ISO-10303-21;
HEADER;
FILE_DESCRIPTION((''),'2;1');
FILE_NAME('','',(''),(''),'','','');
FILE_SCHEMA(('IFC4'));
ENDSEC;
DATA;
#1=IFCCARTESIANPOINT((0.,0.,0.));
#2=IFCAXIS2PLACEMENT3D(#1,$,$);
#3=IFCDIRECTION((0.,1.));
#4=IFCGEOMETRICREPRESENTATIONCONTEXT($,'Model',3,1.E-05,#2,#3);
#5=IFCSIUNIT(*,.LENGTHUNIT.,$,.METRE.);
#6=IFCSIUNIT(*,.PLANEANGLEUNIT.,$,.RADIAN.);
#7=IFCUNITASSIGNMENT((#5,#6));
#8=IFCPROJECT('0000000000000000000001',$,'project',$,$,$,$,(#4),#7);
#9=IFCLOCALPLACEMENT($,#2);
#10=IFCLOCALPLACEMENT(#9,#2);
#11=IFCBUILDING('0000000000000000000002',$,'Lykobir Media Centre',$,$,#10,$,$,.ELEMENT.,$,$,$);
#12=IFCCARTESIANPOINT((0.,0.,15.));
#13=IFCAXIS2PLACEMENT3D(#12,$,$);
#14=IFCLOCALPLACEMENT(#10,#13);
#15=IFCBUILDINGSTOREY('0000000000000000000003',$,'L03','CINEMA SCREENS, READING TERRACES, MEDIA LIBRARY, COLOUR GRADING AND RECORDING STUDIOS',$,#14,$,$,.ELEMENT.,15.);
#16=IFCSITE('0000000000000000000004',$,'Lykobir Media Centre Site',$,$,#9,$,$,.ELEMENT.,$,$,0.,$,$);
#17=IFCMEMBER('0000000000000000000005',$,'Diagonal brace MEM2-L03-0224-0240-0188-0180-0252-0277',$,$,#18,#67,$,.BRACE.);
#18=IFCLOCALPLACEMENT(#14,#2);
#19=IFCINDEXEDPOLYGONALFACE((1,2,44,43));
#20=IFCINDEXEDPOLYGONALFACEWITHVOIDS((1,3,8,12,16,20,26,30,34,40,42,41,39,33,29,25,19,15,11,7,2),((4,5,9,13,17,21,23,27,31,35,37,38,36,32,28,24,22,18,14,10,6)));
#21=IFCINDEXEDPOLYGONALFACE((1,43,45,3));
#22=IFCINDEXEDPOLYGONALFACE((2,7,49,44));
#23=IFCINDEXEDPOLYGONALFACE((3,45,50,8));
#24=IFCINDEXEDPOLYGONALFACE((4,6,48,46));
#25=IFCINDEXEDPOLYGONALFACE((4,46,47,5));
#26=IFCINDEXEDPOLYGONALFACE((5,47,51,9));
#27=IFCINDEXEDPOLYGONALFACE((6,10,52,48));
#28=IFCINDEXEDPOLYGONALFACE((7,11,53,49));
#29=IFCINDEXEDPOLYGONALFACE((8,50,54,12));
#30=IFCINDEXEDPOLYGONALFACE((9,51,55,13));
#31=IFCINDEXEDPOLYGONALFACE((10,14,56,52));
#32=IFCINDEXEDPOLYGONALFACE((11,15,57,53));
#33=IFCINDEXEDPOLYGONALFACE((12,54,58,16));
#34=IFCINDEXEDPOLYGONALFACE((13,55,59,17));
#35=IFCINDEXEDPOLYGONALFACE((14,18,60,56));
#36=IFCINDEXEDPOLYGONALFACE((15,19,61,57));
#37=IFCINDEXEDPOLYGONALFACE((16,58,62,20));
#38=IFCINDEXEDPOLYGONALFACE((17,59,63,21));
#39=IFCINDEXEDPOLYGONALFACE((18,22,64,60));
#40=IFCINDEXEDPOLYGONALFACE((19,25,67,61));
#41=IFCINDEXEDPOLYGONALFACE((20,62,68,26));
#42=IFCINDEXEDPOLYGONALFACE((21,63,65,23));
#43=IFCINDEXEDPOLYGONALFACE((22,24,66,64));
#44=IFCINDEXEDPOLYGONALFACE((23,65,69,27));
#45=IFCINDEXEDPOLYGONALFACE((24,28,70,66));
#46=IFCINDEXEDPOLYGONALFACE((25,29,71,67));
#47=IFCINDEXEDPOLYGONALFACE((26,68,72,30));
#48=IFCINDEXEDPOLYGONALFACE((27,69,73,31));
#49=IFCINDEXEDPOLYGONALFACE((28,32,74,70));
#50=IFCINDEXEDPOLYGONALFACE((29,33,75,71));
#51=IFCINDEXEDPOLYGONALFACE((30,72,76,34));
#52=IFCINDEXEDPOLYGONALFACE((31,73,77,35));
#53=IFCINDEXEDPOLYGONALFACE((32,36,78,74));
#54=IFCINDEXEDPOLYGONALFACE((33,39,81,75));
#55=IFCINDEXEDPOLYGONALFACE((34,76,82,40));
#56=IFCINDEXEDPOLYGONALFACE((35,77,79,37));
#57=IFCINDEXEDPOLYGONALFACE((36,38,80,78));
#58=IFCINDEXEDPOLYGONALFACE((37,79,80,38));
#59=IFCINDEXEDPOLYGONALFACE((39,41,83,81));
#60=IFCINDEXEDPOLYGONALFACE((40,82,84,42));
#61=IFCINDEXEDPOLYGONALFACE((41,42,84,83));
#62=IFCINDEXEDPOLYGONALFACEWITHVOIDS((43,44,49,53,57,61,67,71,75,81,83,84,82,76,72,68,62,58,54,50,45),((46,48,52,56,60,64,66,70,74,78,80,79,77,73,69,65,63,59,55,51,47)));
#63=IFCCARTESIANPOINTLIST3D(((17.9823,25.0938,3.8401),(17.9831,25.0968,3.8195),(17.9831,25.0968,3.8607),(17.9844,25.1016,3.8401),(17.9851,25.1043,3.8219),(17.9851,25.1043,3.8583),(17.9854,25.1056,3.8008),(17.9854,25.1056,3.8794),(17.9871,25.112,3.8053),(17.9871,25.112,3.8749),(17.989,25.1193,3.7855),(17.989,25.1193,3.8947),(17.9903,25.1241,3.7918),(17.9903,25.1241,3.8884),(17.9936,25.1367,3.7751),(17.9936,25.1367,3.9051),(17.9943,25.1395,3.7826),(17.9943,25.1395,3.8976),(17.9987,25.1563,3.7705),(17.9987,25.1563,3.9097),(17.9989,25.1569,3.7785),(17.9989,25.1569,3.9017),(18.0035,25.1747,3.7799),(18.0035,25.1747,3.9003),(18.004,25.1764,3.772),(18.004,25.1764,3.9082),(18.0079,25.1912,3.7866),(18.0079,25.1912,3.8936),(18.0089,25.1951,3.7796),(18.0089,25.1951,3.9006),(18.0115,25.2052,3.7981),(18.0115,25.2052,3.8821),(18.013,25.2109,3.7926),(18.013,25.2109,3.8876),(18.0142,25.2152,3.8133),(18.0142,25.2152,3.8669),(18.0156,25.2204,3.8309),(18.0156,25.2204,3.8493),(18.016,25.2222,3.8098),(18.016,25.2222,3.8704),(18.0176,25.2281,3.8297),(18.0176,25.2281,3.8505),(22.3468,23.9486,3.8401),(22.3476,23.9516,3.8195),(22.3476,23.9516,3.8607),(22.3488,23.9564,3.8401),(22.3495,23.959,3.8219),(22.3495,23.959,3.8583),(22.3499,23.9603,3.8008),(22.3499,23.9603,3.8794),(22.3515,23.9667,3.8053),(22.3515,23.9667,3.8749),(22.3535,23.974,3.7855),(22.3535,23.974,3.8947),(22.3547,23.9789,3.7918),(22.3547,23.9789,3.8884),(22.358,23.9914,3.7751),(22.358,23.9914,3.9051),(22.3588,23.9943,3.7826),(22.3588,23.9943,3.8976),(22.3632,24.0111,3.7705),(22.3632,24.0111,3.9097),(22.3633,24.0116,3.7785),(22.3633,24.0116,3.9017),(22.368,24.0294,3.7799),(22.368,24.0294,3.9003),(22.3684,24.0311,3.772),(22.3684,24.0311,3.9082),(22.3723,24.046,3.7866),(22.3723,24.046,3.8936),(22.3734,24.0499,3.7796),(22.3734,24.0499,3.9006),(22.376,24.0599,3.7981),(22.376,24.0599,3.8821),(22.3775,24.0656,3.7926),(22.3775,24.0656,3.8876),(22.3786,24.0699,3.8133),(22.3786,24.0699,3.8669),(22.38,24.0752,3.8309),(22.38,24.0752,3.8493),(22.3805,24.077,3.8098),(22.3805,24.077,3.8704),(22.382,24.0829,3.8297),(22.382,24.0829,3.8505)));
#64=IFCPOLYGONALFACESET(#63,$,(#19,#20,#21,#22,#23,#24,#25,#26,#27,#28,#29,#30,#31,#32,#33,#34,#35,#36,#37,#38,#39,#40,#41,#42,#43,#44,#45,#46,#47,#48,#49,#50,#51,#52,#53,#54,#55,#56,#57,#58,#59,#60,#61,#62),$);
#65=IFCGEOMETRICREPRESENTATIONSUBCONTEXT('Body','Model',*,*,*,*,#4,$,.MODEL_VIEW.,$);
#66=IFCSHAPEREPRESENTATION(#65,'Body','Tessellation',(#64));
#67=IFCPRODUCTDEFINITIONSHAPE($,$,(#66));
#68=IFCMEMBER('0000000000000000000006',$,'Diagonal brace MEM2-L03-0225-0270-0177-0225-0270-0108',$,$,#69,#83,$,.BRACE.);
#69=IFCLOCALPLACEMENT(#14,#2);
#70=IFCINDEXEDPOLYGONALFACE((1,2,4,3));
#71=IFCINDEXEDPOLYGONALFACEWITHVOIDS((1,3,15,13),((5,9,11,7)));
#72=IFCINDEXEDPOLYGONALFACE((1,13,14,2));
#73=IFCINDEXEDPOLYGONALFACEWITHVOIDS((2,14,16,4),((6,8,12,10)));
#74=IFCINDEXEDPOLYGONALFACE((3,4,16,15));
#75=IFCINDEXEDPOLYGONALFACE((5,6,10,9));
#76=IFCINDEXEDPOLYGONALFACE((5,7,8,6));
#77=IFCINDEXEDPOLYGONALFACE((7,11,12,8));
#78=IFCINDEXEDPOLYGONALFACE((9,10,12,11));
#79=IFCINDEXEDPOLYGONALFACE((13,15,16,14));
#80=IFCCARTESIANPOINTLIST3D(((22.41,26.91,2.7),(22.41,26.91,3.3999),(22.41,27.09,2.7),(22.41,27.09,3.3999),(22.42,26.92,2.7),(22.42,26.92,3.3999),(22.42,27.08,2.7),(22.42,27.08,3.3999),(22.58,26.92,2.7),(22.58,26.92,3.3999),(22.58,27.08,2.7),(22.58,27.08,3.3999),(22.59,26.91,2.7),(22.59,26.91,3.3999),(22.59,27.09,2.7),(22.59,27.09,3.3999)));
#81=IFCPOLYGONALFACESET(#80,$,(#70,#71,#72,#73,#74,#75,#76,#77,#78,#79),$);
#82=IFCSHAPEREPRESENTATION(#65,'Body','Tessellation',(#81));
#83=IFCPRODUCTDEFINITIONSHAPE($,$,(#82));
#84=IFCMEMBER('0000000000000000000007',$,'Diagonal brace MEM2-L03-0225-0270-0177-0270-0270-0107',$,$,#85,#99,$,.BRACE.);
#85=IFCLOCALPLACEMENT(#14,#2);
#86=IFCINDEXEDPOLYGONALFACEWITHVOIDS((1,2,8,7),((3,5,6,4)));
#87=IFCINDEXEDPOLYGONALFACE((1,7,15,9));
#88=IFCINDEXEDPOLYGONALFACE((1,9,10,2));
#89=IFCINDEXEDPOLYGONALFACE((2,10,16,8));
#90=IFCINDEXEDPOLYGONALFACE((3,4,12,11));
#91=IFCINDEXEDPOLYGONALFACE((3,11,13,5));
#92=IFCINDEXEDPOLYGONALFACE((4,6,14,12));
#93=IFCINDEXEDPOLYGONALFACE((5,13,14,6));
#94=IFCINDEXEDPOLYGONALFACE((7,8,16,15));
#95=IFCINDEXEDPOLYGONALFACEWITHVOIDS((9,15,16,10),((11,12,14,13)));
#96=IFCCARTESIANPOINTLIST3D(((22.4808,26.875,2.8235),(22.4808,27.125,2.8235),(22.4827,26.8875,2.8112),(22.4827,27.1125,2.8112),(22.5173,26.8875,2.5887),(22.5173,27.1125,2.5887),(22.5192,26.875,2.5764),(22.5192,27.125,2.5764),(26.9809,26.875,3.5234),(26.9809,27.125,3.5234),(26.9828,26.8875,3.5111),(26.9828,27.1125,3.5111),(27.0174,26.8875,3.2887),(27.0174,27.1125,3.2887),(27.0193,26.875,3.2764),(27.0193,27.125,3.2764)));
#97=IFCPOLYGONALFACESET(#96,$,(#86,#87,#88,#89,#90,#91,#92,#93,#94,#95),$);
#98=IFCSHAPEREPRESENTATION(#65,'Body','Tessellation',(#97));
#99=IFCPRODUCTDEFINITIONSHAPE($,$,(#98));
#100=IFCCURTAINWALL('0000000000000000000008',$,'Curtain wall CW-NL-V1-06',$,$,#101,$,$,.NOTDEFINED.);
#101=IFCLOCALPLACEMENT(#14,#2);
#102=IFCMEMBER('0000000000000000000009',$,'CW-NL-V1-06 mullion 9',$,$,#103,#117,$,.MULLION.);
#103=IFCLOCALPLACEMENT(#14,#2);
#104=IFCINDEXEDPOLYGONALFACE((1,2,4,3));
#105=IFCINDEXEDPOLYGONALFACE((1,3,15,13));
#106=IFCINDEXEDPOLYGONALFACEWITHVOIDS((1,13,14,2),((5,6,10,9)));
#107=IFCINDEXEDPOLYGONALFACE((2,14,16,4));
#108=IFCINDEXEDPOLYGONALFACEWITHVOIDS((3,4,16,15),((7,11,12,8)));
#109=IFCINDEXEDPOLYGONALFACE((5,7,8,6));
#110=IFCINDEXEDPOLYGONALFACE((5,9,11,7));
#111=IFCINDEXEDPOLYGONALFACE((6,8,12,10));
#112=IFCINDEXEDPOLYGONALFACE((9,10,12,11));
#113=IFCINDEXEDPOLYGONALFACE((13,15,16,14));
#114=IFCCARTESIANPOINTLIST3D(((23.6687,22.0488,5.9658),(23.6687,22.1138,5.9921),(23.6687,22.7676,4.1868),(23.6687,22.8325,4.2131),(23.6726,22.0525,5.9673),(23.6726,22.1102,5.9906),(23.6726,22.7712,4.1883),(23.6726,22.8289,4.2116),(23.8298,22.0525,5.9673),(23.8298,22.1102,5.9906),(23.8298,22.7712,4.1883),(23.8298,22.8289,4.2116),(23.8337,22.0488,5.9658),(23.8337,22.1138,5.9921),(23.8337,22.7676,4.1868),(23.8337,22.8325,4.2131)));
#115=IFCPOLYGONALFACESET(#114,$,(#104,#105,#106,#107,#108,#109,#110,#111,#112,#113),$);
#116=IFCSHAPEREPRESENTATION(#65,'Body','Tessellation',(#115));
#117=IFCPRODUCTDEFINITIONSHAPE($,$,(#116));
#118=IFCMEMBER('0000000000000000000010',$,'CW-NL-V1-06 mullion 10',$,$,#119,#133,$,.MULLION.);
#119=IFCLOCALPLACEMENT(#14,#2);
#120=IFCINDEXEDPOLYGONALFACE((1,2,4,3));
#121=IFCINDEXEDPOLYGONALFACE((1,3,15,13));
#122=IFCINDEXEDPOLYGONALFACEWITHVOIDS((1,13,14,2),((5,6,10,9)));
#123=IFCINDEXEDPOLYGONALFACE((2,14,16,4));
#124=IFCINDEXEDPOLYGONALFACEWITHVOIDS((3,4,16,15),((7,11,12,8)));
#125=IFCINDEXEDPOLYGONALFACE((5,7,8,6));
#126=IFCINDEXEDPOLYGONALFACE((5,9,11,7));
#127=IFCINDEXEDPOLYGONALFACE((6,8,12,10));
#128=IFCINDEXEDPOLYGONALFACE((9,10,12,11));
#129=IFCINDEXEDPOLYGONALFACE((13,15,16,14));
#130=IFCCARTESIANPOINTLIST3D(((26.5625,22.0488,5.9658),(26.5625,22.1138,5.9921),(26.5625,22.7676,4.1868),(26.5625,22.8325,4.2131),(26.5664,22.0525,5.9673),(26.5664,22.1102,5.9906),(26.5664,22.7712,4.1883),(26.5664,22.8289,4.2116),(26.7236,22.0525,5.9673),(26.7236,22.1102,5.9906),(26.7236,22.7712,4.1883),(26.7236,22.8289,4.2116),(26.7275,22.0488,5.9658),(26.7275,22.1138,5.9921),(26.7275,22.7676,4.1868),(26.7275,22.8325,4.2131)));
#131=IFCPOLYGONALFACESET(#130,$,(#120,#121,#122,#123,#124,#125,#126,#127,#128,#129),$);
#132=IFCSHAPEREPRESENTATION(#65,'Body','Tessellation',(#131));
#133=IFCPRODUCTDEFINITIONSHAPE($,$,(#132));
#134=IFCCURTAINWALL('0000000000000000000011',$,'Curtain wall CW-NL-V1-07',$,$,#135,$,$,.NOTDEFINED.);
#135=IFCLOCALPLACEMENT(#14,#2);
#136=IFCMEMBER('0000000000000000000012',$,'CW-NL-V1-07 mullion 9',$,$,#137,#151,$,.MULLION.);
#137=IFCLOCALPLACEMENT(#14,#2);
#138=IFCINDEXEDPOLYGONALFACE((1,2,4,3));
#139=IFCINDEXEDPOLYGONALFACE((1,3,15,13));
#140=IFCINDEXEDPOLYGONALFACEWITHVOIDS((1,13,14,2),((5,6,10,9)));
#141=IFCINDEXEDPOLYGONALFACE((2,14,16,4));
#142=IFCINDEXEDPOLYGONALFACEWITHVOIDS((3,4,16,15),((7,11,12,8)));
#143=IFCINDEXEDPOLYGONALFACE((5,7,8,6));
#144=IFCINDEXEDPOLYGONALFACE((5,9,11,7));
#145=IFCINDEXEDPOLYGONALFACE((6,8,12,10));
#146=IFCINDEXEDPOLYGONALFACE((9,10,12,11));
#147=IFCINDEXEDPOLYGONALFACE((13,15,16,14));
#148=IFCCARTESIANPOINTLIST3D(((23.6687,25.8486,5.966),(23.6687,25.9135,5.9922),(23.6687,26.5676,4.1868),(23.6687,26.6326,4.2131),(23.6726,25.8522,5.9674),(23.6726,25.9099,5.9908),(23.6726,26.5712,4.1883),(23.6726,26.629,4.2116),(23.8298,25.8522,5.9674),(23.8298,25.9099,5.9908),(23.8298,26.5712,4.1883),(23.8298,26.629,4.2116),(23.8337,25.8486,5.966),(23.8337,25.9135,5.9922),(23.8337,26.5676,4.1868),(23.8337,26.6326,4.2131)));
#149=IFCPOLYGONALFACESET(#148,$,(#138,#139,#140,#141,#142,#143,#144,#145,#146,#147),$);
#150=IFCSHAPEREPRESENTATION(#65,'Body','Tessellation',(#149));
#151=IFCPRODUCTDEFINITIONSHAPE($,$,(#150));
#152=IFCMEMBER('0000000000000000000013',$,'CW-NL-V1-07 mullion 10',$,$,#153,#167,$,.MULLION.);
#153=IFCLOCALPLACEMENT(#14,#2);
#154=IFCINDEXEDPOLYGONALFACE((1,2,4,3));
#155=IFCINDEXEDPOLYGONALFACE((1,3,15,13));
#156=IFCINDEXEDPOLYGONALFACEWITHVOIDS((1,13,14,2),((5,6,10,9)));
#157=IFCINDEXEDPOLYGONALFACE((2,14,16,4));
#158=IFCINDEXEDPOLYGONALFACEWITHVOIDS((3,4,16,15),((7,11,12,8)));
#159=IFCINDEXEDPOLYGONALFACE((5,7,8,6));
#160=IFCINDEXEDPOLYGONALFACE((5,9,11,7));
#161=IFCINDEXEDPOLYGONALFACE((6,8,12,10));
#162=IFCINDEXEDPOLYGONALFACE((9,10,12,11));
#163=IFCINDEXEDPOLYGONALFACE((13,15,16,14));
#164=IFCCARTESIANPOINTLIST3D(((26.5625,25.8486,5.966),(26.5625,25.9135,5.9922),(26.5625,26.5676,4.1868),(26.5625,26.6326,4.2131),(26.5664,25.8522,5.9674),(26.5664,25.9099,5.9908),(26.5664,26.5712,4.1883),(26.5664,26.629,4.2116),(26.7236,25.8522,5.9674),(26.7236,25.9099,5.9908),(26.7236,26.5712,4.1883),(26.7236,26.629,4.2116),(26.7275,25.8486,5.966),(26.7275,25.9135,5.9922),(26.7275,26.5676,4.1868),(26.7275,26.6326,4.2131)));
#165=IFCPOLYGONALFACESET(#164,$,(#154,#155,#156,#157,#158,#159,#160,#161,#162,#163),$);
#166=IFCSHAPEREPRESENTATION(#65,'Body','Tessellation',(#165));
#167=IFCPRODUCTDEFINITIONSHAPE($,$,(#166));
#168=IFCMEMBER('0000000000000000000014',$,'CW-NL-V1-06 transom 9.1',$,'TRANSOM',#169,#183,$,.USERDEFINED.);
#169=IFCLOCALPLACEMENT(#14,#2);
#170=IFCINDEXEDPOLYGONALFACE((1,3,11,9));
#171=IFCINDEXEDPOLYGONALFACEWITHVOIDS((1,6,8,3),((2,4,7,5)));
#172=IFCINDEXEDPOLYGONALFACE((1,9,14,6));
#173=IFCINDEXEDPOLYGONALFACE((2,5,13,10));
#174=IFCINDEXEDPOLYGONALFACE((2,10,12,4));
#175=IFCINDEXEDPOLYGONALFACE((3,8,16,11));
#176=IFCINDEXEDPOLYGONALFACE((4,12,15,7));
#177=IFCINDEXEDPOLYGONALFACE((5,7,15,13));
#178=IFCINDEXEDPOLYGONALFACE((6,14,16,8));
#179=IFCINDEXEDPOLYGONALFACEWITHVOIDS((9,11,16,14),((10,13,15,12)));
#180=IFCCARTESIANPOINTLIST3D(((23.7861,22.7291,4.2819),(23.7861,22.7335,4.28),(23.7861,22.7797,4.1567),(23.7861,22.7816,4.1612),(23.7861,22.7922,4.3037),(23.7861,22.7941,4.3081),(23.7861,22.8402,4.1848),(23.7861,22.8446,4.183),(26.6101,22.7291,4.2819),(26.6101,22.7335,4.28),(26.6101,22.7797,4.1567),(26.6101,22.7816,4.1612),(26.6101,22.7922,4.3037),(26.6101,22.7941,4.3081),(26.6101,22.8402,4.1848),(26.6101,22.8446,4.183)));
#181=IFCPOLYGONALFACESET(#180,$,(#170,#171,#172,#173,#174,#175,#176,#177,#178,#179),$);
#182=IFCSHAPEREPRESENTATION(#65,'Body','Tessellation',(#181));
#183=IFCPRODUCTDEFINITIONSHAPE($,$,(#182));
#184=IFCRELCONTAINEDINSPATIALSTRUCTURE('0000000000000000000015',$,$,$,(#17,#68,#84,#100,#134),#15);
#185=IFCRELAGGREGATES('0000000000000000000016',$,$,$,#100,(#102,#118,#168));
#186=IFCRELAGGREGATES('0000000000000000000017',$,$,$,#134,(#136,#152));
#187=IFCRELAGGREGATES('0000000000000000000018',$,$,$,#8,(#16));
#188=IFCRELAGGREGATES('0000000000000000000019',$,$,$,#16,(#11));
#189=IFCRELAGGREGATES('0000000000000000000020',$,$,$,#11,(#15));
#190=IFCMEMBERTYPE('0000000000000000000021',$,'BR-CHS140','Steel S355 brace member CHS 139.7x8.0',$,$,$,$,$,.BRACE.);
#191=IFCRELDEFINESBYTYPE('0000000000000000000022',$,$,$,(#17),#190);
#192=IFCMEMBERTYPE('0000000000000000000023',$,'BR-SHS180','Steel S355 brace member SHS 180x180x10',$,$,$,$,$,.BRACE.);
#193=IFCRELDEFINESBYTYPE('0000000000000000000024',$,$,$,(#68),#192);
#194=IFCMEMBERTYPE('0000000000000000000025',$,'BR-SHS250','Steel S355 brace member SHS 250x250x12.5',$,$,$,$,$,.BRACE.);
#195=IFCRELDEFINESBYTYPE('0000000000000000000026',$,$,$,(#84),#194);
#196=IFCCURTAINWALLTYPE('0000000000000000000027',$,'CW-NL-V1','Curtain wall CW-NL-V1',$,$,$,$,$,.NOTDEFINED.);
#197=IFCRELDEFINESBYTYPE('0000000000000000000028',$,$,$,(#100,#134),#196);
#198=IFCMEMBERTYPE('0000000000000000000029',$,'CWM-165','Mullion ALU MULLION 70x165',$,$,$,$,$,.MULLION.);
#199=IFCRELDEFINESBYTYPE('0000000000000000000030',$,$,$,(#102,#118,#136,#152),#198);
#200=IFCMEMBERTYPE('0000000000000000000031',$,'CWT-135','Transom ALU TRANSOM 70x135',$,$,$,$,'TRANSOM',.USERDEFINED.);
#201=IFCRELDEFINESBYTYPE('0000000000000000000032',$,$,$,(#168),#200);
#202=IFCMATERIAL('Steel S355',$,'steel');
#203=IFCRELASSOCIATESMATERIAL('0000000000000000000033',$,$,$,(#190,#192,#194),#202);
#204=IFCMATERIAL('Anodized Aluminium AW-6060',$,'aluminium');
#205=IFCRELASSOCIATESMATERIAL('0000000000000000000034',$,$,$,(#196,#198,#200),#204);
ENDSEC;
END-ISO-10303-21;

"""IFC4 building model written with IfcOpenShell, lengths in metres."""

from ifc_helpers import new_model, si_unit, direction, frame, origin, origin_2d, place, context, subcontext, project, spatial, hollow_rectangle, hollow_circle, extrude, material, material_profile, profile_set, type_object, element, aggregate, save


model = new_model("IFC4")

# Units and contexts
model_context = context("Model", 3, precision=1e-05, world=origin(), true_north=direction((0.0, 1.0)))
body_context = subcontext(model_context, "Body", "Model", "MODEL_VIEW")
ifc_project = project(units=[si_unit("LENGTHUNIT", "METRE"), si_unit("PLANEANGLEUNIT", "RADIAN")], contexts=[model_context])

# Site, building, storey
site_placement = place(None, origin())
site = spatial("IfcSite", under=ifc_project, at=site_placement, Name="Lykobir Media Centre Site", CompositionType="ELEMENT", RefElevation=0.0)
building_placement = place(site_placement, origin())
building = spatial("IfcBuilding", under=site, at=building_placement, Name="Lykobir Media Centre", CompositionType="ELEMENT")
storey_placement = place(building_placement, frame((0.0, 0.0, 15.0)))
storey = spatial("IfcBuildingStorey", under=building, at=storey_placement, Name="L03", Description="CINEMA SCREENS, READING TERRACES, MEDIA LIBRARY, COLOUR GRADING AND RECORDING STUDIOS", CompositionType="ELEMENT", Elevation=15.0)

# Members
ifc_material_1 = material(Name="Steel S355", Category="steel")
ifc_material_profile_1 = material_profile(ifc_material_1, hollow_circle(Radius=0.0698, WallThickness=0.0081, at=origin_2d()), Name="CHS 139.7x8.0")
ifc_profile_set_1 = profile_set([ifc_material_profile_1], Name="Steel S355")
member_type_1 = type_object("IfcMemberType", Name="BR-CHS140", Description="Steel S355 brace member CHS 139.7x8.0", PredefinedType="BRACE", material=ifc_profile_set_1)
member_1_placement = place(storey_placement, frame((22.3645, 24.0161, 3.8401), z_axis=(-0.967254, 0.253811, 0.0), x_axis=(-0.253811, -0.967254, 0.0)))
element("IfcMember", 1, at=member_1_placement, inside=storey, type_object=member_type_1, Name="Diagonal brace MEM2-L03-0224-0240-0188-0180-0252-0277", PredefinedType="BRACE", context=body_context, shape_type="SweptSolid", body=[
    extrude(hollow_circle(Radius=0.0698, WallThickness=0.0081, at=origin_2d()), origin(), (0.0, 0.0, 1.0), 4.5122),
])
ifc_material_profile_2 = material_profile(ifc_material_1, hollow_rectangle(XDim=0.1799, YDim=0.1799, WallThickness=0.01, at=origin_2d()), Name="SHS 180x180x10")
ifc_profile_set_2 = profile_set([ifc_material_profile_2], Name="Steel S355")
member_type_2 = type_object("IfcMemberType", Name="BR-SHS180", Description="Steel S355 brace member SHS 180x180x10", PredefinedType="BRACE", material=ifc_profile_set_2)
member_2_placement = place(storey_placement, frame((22.5, 27.0, 2.7), z_axis=(0.0, 0.0, 1.0), x_axis=(1.0, 0.0, 0.0)))
element("IfcMember", 2, at=member_2_placement, inside=storey, type_object=member_type_2, Name="Diagonal brace MEM2-L03-0225-0270-0177-0225-0270-0108", PredefinedType="BRACE", context=body_context, shape_type="SweptSolid", body=[
    extrude(hollow_rectangle(XDim=0.1799, YDim=0.1799, WallThickness=0.01, at=origin_2d()), origin(), (0.0, 0.0, 1.0), 0.7),
])
ifc_material_profile_3 = material_profile(ifc_material_1, hollow_rectangle(XDim=0.25, YDim=0.25, WallThickness=0.0125, at=origin_2d()), Name="SHS 250x250x12.5")
ifc_profile_set_3 = profile_set([ifc_material_profile_3], Name="Steel S355")
member_type_3 = type_object("IfcMemberType", Name="BR-SHS250", Description="Steel S355 brace member SHS 250x250x12.5", PredefinedType="BRACE", material=ifc_profile_set_3)
member_3_placement = place(storey_placement, frame((22.5, 27.0, 2.7), z_axis=(0.988118, 0.0, 0.153697), x_axis=(0.0, 1.0, 0.0)))
element("IfcMember", 3, at=member_3_placement, inside=storey, type_object=member_type_3, Name="Diagonal brace MEM2-L03-0225-0270-0177-0270-0270-0107", PredefinedType="BRACE", context=body_context, shape_type="SweptSolid", body=[
    extrude(hollow_rectangle(XDim=0.25, YDim=0.25, WallThickness=0.0125, at=origin_2d()), origin(), (0.0, 0.0, 1.0), 4.5542),
])

# Curtain walls, members
ifc_material_2 = material(Name="Anodized Aluminium AW-6060", Category="aluminium")
curtain_wall_type = type_object("IfcCurtainWallType", Name="CW-NL-V1", Description="Curtain wall CW-NL-V1", PredefinedType="NOTDEFINED", material=ifc_material_2)
curtain_wall_1_placement = place(storey_placement, origin())
curtain_wall_1 = element("IfcCurtainWall", 4, at=curtain_wall_1_placement, inside=storey, type_object=curtain_wall_type, Name="Curtain wall CW-NL-V1-06", PredefinedType="NOTDEFINED")
ifc_material_profile_4 = material_profile(ifc_material_2, hollow_rectangle(XDim=0.0701, YDim=0.165, WallThickness=0.0039, at=origin_2d()), Name="ALU MULLION 70x165")
ifc_profile_set_4 = profile_set([ifc_material_profile_4], Name="Anodized Aluminium AW-6060")
member_type_4 = type_object("IfcMemberType", Name="CWM-165", Description="Mullion ALU MULLION 70x165", PredefinedType="MULLION", material=ifc_profile_set_4)
member_4_placement = place(storey_placement, frame((23.7512, 22.8, 4.2), z_axis=(0.0, -0.374591, 0.92719), x_axis=(0.0, 0.92719, 0.374591)))
member_4 = element("IfcMember", 5, at=member_4_placement, type_object=member_type_4, Name="CW-NL-V1-06 mullion 9", PredefinedType="MULLION", context=body_context, shape_type="SweptSolid", body=[
    extrude(hollow_rectangle(XDim=0.0701, YDim=0.165, WallThickness=0.0039, at=origin_2d()), origin(), (0.0, 0.0, 1.0), 1.9187),
])
member_5_placement = place(storey_placement, frame((26.645, 22.8, 4.2), z_axis=(0.0, -0.374591, 0.92719), x_axis=(0.0, 0.92719, 0.374591)))
member_5 = element("IfcMember", 6, at=member_5_placement, type_object=member_type_4, Name="CW-NL-V1-06 mullion 10", PredefinedType="MULLION", context=body_context, shape_type="SweptSolid", body=[
    extrude(hollow_rectangle(XDim=0.0701, YDim=0.165, WallThickness=0.0039, at=origin_2d()), origin(), (0.0, 0.0, 1.0), 1.9187),
])
curtain_wall_2_placement = place(storey_placement, origin())
curtain_wall_2 = element("IfcCurtainWall", 7, at=curtain_wall_2_placement, inside=storey, type_object=curtain_wall_type, Name="Curtain wall CW-NL-V1-07", PredefinedType="NOTDEFINED")
member_6_placement = place(storey_placement, frame((23.7512, 26.6001, 4.2), z_axis=(0.0, -0.374701, 0.927146), x_axis=(0.0, 0.927146, 0.374701)))
member_6 = element("IfcMember", 8, at=member_6_placement, type_object=member_type_4, Name="CW-NL-V1-07 mullion 9", PredefinedType="MULLION", context=body_context, shape_type="SweptSolid", body=[
    extrude(hollow_rectangle(XDim=0.0701, YDim=0.165, WallThickness=0.0039, at=origin_2d()), origin(), (0.0, 0.0, 1.0), 1.9189),
])
member_7_placement = place(storey_placement, frame((26.645, 26.6001, 4.2), z_axis=(0.0, -0.374701, 0.927146), x_axis=(0.0, 0.927146, 0.374701)))
member_7 = element("IfcMember", 9, at=member_7_placement, type_object=member_type_4, Name="CW-NL-V1-07 mullion 10", PredefinedType="MULLION", context=body_context, shape_type="SweptSolid", body=[
    extrude(hollow_rectangle(XDim=0.0701, YDim=0.165, WallThickness=0.0039, at=origin_2d()), origin(), (0.0, 0.0, 1.0), 1.9189),
])

# Member
ifc_material_profile_5 = material_profile(ifc_material_2, hollow_rectangle(XDim=0.0701, YDim=0.135, WallThickness=0.0034, at=origin_2d()), Name="ALU TRANSOM 70x135")
ifc_profile_set_5 = profile_set([ifc_material_profile_5], Name="Anodized Aluminium AW-6060")
member_type_5 = type_object("IfcMemberType", Name="CWT-135", Description="Transom ALU TRANSOM 70x135", ElementType="TRANSOM", PredefinedType="USERDEFINED", material=ifc_profile_set_5)
member_8_placement = place(storey_placement, frame((23.7861, 22.7869, 4.2324), z_axis=(1.0, 0.0, 0.0), x_axis=(0.0, 0.927184, 0.374607)))
member_8 = element("IfcMember", 10, at=member_8_placement, type_object=member_type_5, Name="CW-NL-V1-06 transom 9.1", ObjectType="TRANSOM", PredefinedType="USERDEFINED", context=body_context, shape_type="SweptSolid", body=[
    extrude(hollow_rectangle(XDim=0.0701, YDim=0.135, WallThickness=0.0034, at=origin_2d()), origin(), (0.0, 0.0, 1.0), 2.824),
])

aggregate(curtain_wall_1, [member_4, member_5, member_8])
aggregate(curtain_wall_2, [member_6, member_7])

save(model, "model.ifc")
